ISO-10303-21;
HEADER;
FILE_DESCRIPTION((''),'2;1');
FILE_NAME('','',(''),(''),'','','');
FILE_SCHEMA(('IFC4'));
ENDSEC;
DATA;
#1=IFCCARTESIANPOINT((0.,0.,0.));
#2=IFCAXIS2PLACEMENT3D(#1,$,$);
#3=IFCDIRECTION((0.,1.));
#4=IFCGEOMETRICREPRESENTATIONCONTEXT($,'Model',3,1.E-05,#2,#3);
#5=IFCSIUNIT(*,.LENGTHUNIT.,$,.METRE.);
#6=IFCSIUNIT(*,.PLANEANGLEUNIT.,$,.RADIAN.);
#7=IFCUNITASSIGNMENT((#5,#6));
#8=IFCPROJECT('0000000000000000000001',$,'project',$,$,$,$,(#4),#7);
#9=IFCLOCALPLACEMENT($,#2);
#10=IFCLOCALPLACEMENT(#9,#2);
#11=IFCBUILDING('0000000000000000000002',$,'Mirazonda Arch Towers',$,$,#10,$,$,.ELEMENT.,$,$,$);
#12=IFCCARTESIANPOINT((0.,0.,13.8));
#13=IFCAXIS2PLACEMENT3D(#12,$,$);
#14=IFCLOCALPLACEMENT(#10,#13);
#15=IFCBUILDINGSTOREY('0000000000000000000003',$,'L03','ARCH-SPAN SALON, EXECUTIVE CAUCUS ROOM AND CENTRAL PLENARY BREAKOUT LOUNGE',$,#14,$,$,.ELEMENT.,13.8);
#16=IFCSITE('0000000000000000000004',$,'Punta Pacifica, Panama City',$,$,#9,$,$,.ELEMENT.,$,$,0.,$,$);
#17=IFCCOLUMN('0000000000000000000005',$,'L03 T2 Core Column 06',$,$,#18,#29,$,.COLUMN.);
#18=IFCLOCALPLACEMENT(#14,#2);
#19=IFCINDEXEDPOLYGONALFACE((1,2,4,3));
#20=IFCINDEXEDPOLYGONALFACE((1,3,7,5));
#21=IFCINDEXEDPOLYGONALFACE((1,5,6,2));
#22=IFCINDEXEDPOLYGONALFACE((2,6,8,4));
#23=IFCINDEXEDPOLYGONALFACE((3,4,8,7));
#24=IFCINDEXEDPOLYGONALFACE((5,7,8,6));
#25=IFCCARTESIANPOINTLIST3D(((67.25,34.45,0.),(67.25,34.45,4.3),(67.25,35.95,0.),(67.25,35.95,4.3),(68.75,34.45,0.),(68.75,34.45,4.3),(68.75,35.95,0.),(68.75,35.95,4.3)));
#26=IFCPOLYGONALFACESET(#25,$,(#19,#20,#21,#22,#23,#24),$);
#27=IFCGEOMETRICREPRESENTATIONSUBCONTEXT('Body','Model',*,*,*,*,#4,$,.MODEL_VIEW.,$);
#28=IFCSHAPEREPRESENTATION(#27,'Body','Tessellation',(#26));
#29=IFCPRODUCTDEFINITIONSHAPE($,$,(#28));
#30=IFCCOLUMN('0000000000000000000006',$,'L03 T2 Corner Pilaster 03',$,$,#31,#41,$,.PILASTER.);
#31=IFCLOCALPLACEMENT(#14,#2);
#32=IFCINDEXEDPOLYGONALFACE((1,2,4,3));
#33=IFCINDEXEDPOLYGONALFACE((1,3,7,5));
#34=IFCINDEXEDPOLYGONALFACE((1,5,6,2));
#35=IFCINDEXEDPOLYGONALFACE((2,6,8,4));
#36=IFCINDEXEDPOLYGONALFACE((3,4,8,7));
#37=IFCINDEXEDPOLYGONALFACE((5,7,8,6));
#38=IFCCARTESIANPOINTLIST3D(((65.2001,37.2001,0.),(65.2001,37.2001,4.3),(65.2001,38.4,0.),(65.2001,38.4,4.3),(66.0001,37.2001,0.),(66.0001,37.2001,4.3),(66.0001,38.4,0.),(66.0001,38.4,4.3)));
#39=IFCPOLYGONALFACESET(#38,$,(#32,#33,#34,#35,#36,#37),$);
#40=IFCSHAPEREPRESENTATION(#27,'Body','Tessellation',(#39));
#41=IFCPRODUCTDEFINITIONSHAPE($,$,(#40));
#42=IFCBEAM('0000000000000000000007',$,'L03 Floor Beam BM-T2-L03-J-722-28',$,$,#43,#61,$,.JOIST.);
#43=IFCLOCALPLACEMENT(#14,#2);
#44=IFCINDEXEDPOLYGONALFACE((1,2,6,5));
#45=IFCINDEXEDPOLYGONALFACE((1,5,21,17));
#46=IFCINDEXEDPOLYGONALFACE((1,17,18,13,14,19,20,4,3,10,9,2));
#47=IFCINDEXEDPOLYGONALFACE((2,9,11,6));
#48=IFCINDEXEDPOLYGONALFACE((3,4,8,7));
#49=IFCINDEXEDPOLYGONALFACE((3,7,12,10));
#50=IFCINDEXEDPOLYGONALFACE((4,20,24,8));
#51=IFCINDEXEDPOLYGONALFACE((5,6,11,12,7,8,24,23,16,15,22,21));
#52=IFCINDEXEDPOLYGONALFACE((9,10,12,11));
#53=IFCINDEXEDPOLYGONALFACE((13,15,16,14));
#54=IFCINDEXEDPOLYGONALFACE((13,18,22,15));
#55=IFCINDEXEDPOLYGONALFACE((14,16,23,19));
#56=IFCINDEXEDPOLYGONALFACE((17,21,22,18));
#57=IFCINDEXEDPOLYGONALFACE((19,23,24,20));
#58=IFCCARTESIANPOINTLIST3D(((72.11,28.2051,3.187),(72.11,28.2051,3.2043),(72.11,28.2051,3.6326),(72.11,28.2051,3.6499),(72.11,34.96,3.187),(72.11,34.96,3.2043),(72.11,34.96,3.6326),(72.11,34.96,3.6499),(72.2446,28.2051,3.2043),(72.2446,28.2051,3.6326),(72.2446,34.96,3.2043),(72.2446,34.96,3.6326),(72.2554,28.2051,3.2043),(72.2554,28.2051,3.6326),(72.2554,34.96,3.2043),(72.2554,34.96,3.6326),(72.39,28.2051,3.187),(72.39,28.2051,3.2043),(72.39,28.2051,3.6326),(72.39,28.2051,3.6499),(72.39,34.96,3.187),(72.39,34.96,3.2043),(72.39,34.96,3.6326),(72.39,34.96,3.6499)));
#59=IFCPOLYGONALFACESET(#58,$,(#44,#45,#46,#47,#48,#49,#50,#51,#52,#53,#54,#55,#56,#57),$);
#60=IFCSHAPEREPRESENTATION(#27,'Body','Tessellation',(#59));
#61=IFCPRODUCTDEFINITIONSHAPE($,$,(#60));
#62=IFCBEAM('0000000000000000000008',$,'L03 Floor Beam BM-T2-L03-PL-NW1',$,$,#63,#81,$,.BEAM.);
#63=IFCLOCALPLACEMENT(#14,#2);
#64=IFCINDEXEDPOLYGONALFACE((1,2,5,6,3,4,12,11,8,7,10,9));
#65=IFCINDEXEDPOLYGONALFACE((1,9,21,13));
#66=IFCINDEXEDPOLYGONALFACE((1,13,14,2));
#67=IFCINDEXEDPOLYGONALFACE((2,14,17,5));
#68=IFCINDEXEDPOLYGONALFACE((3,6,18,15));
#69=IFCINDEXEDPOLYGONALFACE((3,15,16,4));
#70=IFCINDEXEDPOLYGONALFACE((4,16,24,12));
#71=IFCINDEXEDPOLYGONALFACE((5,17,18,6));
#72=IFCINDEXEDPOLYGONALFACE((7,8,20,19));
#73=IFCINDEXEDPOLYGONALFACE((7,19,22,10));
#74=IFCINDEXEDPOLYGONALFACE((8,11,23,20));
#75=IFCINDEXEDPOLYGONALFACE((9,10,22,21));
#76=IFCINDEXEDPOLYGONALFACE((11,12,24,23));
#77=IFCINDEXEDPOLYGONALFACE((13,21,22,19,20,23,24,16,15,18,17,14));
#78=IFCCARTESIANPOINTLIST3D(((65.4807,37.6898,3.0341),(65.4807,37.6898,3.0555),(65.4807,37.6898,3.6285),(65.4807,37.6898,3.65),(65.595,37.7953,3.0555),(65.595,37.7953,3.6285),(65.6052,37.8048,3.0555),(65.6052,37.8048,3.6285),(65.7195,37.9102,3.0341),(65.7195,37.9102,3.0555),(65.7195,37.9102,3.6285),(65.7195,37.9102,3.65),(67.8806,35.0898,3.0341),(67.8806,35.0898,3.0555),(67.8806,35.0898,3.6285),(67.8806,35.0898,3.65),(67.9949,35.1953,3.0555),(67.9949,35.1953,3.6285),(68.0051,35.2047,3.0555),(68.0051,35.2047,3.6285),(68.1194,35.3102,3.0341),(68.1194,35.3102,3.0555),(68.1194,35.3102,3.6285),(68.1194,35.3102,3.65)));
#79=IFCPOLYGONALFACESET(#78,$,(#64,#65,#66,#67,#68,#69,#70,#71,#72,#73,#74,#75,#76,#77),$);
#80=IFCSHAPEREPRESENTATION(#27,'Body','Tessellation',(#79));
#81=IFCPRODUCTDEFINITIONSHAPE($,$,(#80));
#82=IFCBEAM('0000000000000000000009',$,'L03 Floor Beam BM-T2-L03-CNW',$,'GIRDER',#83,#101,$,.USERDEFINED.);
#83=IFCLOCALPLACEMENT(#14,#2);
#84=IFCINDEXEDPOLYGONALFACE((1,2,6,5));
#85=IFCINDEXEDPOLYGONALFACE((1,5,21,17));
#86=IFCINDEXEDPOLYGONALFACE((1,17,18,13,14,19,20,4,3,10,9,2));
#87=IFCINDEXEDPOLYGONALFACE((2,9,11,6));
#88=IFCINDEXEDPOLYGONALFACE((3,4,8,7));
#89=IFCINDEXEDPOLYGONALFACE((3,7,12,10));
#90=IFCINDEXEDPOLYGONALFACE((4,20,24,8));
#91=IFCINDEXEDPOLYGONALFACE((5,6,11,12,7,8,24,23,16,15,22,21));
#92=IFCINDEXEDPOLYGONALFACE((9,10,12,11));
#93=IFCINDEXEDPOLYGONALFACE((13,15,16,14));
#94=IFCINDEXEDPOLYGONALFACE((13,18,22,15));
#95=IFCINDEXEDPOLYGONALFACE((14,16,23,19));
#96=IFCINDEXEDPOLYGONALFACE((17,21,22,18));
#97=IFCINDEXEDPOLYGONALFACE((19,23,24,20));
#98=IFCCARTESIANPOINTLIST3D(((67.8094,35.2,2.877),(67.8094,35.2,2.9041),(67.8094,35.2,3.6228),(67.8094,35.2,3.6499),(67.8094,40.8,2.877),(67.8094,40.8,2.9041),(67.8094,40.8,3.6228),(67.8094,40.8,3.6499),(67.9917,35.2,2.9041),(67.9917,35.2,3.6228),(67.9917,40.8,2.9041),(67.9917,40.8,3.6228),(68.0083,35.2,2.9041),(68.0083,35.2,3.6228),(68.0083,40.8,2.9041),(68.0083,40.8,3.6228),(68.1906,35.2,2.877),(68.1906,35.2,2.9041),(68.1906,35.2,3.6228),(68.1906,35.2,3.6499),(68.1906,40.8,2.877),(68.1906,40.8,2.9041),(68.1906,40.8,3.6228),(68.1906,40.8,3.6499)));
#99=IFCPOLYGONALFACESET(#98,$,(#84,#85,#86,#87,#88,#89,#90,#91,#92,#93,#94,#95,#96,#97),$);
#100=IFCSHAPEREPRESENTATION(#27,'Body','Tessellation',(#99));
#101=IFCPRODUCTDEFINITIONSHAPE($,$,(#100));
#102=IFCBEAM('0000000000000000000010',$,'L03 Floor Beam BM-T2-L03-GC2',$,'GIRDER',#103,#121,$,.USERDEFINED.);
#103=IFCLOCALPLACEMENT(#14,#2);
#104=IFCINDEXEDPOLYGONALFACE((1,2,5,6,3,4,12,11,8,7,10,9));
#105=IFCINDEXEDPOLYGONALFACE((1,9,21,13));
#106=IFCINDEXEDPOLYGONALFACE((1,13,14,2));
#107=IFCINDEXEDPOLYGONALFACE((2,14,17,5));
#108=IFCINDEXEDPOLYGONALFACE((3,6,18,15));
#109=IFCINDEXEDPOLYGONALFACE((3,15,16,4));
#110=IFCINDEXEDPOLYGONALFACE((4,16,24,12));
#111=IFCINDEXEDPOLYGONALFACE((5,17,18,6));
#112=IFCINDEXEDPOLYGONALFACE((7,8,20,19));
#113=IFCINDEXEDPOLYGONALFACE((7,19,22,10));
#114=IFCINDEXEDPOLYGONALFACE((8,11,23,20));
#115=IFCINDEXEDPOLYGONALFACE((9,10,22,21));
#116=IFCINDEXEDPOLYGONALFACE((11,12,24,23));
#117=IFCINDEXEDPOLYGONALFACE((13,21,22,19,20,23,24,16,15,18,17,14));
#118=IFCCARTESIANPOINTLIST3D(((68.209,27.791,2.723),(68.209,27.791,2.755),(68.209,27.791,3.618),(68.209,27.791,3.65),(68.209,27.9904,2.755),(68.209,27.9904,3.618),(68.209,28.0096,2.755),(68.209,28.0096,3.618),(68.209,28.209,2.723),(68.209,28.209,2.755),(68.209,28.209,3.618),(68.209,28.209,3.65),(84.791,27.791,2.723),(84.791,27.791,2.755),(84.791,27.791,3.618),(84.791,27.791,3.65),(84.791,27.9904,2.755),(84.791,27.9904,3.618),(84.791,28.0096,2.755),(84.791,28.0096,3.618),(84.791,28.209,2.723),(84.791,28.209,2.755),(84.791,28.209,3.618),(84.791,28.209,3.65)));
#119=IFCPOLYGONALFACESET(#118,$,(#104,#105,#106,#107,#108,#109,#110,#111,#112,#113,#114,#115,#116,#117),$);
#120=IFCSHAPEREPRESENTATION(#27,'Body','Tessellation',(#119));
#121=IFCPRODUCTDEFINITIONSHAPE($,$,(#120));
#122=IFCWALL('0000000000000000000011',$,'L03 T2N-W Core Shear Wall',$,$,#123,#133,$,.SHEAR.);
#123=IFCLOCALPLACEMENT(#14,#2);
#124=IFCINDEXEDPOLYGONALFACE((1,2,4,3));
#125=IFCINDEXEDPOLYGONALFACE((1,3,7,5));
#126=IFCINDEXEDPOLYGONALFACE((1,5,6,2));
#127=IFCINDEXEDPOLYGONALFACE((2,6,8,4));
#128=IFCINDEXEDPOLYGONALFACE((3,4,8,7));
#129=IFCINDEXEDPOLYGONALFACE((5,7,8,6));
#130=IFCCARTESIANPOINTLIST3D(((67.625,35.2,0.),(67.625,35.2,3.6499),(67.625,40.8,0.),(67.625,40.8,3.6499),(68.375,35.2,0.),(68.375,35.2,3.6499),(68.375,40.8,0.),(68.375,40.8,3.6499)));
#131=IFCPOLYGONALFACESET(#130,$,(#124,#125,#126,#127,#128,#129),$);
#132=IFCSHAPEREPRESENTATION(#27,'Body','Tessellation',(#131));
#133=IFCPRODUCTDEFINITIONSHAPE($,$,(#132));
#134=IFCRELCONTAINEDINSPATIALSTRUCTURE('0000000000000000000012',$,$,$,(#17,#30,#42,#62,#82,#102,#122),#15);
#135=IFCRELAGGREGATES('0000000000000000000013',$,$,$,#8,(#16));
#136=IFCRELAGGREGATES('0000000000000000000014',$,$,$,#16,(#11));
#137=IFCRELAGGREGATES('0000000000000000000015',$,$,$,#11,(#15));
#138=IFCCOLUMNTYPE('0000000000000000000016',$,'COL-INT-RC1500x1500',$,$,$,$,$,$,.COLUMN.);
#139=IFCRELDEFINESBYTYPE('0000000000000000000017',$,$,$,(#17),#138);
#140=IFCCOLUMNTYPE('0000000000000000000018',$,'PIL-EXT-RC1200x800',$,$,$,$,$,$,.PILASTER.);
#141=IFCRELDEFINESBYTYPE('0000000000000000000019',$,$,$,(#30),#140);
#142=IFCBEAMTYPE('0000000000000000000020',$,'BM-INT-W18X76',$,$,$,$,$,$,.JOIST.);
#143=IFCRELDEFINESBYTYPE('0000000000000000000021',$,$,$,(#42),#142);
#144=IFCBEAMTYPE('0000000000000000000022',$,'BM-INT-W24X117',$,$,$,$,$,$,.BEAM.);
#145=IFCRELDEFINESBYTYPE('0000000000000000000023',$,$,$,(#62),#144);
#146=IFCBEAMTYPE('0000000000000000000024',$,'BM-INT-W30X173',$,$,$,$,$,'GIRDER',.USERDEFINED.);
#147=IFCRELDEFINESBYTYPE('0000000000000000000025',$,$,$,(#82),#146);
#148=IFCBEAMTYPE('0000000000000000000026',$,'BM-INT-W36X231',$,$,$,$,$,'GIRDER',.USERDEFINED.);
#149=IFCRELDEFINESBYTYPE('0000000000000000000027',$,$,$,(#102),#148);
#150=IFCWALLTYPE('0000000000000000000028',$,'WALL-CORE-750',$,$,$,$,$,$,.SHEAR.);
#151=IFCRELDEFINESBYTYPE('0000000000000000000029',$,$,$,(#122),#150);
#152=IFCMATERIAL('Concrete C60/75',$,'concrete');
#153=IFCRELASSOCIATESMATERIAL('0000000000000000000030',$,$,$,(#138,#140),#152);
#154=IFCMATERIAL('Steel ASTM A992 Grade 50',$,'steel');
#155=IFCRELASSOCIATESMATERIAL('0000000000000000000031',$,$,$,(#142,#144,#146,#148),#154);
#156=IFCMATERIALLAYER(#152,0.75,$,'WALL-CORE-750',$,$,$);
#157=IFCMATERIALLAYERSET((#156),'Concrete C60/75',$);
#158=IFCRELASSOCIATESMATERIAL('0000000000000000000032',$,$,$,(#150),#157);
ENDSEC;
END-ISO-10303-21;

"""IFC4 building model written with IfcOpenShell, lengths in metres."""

from ifc_helpers import new_model, si_unit, direction, frame, frame_2d, origin, origin_2d, place, context, subcontext, project, spatial, rectangle, i_section, extrude, material, layer, layer_set, material_profile, profile_set, type_object, element, save


model = new_model("IFC4")

# Units and contexts
model_context = context("Model", 3, precision=1e-05, world=origin(), true_north=direction((0.0, 1.0)))
body_context = subcontext(model_context, "Body", "Model", "MODEL_VIEW")
ifc_project = project(units=[si_unit("LENGTHUNIT", "METRE"), si_unit("PLANEANGLEUNIT", "RADIAN")], contexts=[model_context])

# Site, building, storey
site_placement = place(None, origin())
site = spatial("IfcSite", under=ifc_project, at=site_placement, Name="Punta Pacifica, Panama City", CompositionType="ELEMENT", RefElevation=0.0)
building_placement = place(site_placement, origin())
building = spatial("IfcBuilding", under=site, at=building_placement, Name="Mirazonda Arch Towers", CompositionType="ELEMENT")
storey_placement = place(building_placement, frame((0.0, 0.0, 13.8)))
storey = spatial("IfcBuildingStorey", under=building, at=storey_placement, Name="L03", Description="ARCH-SPAN SALON, EXECUTIVE CAUCUS ROOM AND CENTRAL PLENARY BREAKOUT LOUNGE", CompositionType="ELEMENT", Elevation=13.8)

# Columns
ifc_material_1 = material(Name="Concrete C60/75", Category="concrete")
ifc_material_profile_1 = material_profile(ifc_material_1, rectangle(XDim=1.5, YDim=1.5, at=origin_2d()), Name="RC1500x1500")
ifc_profile_set_1 = profile_set([ifc_material_profile_1], Name="Concrete C60/75")
column_type_1 = type_object("IfcColumnType", Name="COL-INT-RC1500x1500", PredefinedType="COLUMN", material=ifc_profile_set_1)
column_1_placement = place(storey_placement, frame((68.0, 35.2, 0.0), z_axis=(0.0, 0.0, 1.0), x_axis=(1.0, 0.0, 0.0)))
element("IfcColumn", 1, at=column_1_placement, inside=storey, type_object=column_type_1, Name="L03 T2 Core Column 06", PredefinedType="COLUMN", context=body_context, shape_type="SweptSolid", body=[
    extrude(rectangle(XDim=1.5, YDim=1.5, at=origin_2d()), origin(), (0.0, 0.0, 1.0), 4.3),
])
ifc_material_profile_2 = material_profile(ifc_material_1, rectangle(XDim=0.8, YDim=1.2, at=origin_2d()), Name="RC1200x800")
ifc_profile_set_2 = profile_set([ifc_material_profile_2], Name="Concrete C60/75")
column_type_2 = type_object("IfcColumnType", Name="PIL-EXT-RC1200x800", PredefinedType="PILASTER", material=ifc_profile_set_2)
column_2_placement = place(storey_placement, frame((65.6001, 37.8, 0.0), z_axis=(0.0, 0.0, 1.0), x_axis=(1.0, 0.0, 0.0)))
element("IfcColumn", 2, at=column_2_placement, inside=storey, type_object=column_type_2, Name="L03 T2 Corner Pilaster 03", PredefinedType="PILASTER", context=body_context, shape_type="SweptSolid", body=[
    extrude(rectangle(XDim=0.8, YDim=1.2, at=origin_2d()), origin(), (0.0, 0.0, 1.0), 4.3),
])

# Beams
ifc_material_2 = material(Name="Steel ASTM A992 Grade 50", Category="steel")
ifc_material_profile_3 = material_profile(ifc_material_2, i_section(OverallWidth=0.28, OverallDepth=0.4629, WebThickness=0.0107, FlangeThickness=0.0173, at=origin_2d()), Name="W18X76")
ifc_profile_set_3 = profile_set([ifc_material_profile_3], Name="Steel ASTM A992 Grade 50")
beam_type_1 = type_object("IfcBeamType", Name="BM-INT-W18X76", PredefinedType="JOIST", material=ifc_profile_set_3)
beam_1_placement = place(storey_placement, frame((72.25, 28.2051, 3.4185), z_axis=(0.0, 1.0, 0.0), x_axis=(-1.0, 0.0, 0.0)))
element("IfcBeam", 3, at=beam_1_placement, inside=storey, type_object=beam_type_1, Name="L03 Floor Beam BM-T2-L03-J-722-28", PredefinedType="JOIST", context=body_context, shape_type="SweptSolid", body=[
    extrude(i_section(OverallWidth=0.28, OverallDepth=0.4629, WebThickness=0.0107, FlangeThickness=0.0173, at=origin_2d()), origin(), (0.0, 0.0, 1.0), 6.7549),
])
ifc_material_profile_4 = material_profile(ifc_material_2, i_section(OverallWidth=0.325, OverallDepth=0.616, WebThickness=0.0139, FlangeThickness=0.0215, at=origin_2d()), Name="W24X117")
ifc_profile_set_4 = profile_set([ifc_material_profile_4], Name="Steel ASTM A992 Grade 50")
beam_type_2 = type_object("IfcBeamType", Name="BM-INT-W24X117", PredefinedType="BEAM", material=ifc_profile_set_4)
beam_2_placement = place(storey_placement, frame((65.6001, 37.8, 3.342), z_axis=(0.678251, -0.73483, 0.0), x_axis=(0.73483, 0.678251, 0.0)))
element("IfcBeam", 4, at=beam_2_placement, inside=storey, type_object=beam_type_2, Name="L03 Floor Beam BM-T2-L03-PL-NW1", PredefinedType="BEAM", context=body_context, shape_type="SweptSolid", body=[
    extrude(i_section(OverallWidth=0.325, OverallDepth=0.616, WebThickness=0.0139, FlangeThickness=0.0215, at=origin_2d()), origin(), (0.0, 0.0, 1.0), 3.5383),
])
ifc_material_profile_5 = material_profile(ifc_material_2, i_section(OverallWidth=0.3811, OverallDepth=0.7729, WebThickness=0.0166, FlangeThickness=0.0271, at=origin_2d()), Name="W30X173")
ifc_profile_set_5 = profile_set([ifc_material_profile_5], Name="Steel ASTM A992 Grade 50")
beam_type_3 = type_object("IfcBeamType", Name="BM-INT-W30X173", ElementType="GIRDER", PredefinedType="USERDEFINED", material=ifc_profile_set_5)
beam_3_placement = place(storey_placement, frame((68.0, 35.2, 3.2634), z_axis=(0.0, 1.0, 0.0), x_axis=(-1.0, 0.0, 0.0)))
element("IfcBeam", 5, at=beam_3_placement, inside=storey, type_object=beam_type_3, Name="L03 Floor Beam BM-T2-L03-CNW", ObjectType="GIRDER", PredefinedType="USERDEFINED", context=body_context, shape_type="SweptSolid", body=[
    extrude(i_section(OverallWidth=0.3811, OverallDepth=0.7729, WebThickness=0.0166, FlangeThickness=0.0271, at=origin_2d()), origin(), (0.0, 0.0, 1.0), 5.6001),
])
ifc_material_profile_6 = material_profile(ifc_material_2, i_section(OverallWidth=0.418, OverallDepth=0.927, WebThickness=0.0193, FlangeThickness=0.032, at=origin_2d()), Name="W36X231")
ifc_profile_set_6 = profile_set([ifc_material_profile_6], Name="Steel ASTM A992 Grade 50")
beam_type_4 = type_object("IfcBeamType", Name="BM-INT-W36X231", ElementType="GIRDER", PredefinedType="USERDEFINED", material=ifc_profile_set_6)
beam_4_placement = place(storey_placement, frame((68.209, 28.0, 3.1865), z_axis=(1.0, 0.0, 0.0), x_axis=(0.0, 1.0, 0.0)))
element("IfcBeam", 6, at=beam_4_placement, inside=storey, type_object=beam_type_4, Name="L03 Floor Beam BM-T2-L03-GC2", ObjectType="GIRDER", PredefinedType="USERDEFINED", context=body_context, shape_type="SweptSolid", body=[
    extrude(i_section(OverallWidth=0.418, OverallDepth=0.927, WebThickness=0.0193, FlangeThickness=0.032, at=origin_2d()), origin(), (0.0, 0.0, 1.0), 16.582),
])

# Wall
ifc_layer_1 = layer(ifc_material_1, 0.75, Name="WALL-CORE-750")
ifc_layer_set_1 = layer_set([ifc_layer_1], Name="Concrete C60/75")
wall_type_1 = type_object("IfcWallType", Name="WALL-CORE-750", PredefinedType="SHEAR", material=ifc_layer_set_1)
wall_1_placement = place(storey_placement, frame((68.0, 35.2, 0.0), z_axis=(0.0, 0.0, 1.0), x_axis=(0.0, 1.0, 0.0)))
element("IfcWall", 7, at=wall_1_placement, inside=storey, type_object=wall_type_1, Name="L03 T2N-W Core Shear Wall", PredefinedType="SHEAR", context=body_context, shape_type="SweptSolid", body=[
    extrude(rectangle(XDim=5.6001, YDim=0.75, at=frame_2d((2.8, 0.0))), origin(), (0.0, 0.0, 1.0), 3.6499),
])

save(model, "model.ifc")
